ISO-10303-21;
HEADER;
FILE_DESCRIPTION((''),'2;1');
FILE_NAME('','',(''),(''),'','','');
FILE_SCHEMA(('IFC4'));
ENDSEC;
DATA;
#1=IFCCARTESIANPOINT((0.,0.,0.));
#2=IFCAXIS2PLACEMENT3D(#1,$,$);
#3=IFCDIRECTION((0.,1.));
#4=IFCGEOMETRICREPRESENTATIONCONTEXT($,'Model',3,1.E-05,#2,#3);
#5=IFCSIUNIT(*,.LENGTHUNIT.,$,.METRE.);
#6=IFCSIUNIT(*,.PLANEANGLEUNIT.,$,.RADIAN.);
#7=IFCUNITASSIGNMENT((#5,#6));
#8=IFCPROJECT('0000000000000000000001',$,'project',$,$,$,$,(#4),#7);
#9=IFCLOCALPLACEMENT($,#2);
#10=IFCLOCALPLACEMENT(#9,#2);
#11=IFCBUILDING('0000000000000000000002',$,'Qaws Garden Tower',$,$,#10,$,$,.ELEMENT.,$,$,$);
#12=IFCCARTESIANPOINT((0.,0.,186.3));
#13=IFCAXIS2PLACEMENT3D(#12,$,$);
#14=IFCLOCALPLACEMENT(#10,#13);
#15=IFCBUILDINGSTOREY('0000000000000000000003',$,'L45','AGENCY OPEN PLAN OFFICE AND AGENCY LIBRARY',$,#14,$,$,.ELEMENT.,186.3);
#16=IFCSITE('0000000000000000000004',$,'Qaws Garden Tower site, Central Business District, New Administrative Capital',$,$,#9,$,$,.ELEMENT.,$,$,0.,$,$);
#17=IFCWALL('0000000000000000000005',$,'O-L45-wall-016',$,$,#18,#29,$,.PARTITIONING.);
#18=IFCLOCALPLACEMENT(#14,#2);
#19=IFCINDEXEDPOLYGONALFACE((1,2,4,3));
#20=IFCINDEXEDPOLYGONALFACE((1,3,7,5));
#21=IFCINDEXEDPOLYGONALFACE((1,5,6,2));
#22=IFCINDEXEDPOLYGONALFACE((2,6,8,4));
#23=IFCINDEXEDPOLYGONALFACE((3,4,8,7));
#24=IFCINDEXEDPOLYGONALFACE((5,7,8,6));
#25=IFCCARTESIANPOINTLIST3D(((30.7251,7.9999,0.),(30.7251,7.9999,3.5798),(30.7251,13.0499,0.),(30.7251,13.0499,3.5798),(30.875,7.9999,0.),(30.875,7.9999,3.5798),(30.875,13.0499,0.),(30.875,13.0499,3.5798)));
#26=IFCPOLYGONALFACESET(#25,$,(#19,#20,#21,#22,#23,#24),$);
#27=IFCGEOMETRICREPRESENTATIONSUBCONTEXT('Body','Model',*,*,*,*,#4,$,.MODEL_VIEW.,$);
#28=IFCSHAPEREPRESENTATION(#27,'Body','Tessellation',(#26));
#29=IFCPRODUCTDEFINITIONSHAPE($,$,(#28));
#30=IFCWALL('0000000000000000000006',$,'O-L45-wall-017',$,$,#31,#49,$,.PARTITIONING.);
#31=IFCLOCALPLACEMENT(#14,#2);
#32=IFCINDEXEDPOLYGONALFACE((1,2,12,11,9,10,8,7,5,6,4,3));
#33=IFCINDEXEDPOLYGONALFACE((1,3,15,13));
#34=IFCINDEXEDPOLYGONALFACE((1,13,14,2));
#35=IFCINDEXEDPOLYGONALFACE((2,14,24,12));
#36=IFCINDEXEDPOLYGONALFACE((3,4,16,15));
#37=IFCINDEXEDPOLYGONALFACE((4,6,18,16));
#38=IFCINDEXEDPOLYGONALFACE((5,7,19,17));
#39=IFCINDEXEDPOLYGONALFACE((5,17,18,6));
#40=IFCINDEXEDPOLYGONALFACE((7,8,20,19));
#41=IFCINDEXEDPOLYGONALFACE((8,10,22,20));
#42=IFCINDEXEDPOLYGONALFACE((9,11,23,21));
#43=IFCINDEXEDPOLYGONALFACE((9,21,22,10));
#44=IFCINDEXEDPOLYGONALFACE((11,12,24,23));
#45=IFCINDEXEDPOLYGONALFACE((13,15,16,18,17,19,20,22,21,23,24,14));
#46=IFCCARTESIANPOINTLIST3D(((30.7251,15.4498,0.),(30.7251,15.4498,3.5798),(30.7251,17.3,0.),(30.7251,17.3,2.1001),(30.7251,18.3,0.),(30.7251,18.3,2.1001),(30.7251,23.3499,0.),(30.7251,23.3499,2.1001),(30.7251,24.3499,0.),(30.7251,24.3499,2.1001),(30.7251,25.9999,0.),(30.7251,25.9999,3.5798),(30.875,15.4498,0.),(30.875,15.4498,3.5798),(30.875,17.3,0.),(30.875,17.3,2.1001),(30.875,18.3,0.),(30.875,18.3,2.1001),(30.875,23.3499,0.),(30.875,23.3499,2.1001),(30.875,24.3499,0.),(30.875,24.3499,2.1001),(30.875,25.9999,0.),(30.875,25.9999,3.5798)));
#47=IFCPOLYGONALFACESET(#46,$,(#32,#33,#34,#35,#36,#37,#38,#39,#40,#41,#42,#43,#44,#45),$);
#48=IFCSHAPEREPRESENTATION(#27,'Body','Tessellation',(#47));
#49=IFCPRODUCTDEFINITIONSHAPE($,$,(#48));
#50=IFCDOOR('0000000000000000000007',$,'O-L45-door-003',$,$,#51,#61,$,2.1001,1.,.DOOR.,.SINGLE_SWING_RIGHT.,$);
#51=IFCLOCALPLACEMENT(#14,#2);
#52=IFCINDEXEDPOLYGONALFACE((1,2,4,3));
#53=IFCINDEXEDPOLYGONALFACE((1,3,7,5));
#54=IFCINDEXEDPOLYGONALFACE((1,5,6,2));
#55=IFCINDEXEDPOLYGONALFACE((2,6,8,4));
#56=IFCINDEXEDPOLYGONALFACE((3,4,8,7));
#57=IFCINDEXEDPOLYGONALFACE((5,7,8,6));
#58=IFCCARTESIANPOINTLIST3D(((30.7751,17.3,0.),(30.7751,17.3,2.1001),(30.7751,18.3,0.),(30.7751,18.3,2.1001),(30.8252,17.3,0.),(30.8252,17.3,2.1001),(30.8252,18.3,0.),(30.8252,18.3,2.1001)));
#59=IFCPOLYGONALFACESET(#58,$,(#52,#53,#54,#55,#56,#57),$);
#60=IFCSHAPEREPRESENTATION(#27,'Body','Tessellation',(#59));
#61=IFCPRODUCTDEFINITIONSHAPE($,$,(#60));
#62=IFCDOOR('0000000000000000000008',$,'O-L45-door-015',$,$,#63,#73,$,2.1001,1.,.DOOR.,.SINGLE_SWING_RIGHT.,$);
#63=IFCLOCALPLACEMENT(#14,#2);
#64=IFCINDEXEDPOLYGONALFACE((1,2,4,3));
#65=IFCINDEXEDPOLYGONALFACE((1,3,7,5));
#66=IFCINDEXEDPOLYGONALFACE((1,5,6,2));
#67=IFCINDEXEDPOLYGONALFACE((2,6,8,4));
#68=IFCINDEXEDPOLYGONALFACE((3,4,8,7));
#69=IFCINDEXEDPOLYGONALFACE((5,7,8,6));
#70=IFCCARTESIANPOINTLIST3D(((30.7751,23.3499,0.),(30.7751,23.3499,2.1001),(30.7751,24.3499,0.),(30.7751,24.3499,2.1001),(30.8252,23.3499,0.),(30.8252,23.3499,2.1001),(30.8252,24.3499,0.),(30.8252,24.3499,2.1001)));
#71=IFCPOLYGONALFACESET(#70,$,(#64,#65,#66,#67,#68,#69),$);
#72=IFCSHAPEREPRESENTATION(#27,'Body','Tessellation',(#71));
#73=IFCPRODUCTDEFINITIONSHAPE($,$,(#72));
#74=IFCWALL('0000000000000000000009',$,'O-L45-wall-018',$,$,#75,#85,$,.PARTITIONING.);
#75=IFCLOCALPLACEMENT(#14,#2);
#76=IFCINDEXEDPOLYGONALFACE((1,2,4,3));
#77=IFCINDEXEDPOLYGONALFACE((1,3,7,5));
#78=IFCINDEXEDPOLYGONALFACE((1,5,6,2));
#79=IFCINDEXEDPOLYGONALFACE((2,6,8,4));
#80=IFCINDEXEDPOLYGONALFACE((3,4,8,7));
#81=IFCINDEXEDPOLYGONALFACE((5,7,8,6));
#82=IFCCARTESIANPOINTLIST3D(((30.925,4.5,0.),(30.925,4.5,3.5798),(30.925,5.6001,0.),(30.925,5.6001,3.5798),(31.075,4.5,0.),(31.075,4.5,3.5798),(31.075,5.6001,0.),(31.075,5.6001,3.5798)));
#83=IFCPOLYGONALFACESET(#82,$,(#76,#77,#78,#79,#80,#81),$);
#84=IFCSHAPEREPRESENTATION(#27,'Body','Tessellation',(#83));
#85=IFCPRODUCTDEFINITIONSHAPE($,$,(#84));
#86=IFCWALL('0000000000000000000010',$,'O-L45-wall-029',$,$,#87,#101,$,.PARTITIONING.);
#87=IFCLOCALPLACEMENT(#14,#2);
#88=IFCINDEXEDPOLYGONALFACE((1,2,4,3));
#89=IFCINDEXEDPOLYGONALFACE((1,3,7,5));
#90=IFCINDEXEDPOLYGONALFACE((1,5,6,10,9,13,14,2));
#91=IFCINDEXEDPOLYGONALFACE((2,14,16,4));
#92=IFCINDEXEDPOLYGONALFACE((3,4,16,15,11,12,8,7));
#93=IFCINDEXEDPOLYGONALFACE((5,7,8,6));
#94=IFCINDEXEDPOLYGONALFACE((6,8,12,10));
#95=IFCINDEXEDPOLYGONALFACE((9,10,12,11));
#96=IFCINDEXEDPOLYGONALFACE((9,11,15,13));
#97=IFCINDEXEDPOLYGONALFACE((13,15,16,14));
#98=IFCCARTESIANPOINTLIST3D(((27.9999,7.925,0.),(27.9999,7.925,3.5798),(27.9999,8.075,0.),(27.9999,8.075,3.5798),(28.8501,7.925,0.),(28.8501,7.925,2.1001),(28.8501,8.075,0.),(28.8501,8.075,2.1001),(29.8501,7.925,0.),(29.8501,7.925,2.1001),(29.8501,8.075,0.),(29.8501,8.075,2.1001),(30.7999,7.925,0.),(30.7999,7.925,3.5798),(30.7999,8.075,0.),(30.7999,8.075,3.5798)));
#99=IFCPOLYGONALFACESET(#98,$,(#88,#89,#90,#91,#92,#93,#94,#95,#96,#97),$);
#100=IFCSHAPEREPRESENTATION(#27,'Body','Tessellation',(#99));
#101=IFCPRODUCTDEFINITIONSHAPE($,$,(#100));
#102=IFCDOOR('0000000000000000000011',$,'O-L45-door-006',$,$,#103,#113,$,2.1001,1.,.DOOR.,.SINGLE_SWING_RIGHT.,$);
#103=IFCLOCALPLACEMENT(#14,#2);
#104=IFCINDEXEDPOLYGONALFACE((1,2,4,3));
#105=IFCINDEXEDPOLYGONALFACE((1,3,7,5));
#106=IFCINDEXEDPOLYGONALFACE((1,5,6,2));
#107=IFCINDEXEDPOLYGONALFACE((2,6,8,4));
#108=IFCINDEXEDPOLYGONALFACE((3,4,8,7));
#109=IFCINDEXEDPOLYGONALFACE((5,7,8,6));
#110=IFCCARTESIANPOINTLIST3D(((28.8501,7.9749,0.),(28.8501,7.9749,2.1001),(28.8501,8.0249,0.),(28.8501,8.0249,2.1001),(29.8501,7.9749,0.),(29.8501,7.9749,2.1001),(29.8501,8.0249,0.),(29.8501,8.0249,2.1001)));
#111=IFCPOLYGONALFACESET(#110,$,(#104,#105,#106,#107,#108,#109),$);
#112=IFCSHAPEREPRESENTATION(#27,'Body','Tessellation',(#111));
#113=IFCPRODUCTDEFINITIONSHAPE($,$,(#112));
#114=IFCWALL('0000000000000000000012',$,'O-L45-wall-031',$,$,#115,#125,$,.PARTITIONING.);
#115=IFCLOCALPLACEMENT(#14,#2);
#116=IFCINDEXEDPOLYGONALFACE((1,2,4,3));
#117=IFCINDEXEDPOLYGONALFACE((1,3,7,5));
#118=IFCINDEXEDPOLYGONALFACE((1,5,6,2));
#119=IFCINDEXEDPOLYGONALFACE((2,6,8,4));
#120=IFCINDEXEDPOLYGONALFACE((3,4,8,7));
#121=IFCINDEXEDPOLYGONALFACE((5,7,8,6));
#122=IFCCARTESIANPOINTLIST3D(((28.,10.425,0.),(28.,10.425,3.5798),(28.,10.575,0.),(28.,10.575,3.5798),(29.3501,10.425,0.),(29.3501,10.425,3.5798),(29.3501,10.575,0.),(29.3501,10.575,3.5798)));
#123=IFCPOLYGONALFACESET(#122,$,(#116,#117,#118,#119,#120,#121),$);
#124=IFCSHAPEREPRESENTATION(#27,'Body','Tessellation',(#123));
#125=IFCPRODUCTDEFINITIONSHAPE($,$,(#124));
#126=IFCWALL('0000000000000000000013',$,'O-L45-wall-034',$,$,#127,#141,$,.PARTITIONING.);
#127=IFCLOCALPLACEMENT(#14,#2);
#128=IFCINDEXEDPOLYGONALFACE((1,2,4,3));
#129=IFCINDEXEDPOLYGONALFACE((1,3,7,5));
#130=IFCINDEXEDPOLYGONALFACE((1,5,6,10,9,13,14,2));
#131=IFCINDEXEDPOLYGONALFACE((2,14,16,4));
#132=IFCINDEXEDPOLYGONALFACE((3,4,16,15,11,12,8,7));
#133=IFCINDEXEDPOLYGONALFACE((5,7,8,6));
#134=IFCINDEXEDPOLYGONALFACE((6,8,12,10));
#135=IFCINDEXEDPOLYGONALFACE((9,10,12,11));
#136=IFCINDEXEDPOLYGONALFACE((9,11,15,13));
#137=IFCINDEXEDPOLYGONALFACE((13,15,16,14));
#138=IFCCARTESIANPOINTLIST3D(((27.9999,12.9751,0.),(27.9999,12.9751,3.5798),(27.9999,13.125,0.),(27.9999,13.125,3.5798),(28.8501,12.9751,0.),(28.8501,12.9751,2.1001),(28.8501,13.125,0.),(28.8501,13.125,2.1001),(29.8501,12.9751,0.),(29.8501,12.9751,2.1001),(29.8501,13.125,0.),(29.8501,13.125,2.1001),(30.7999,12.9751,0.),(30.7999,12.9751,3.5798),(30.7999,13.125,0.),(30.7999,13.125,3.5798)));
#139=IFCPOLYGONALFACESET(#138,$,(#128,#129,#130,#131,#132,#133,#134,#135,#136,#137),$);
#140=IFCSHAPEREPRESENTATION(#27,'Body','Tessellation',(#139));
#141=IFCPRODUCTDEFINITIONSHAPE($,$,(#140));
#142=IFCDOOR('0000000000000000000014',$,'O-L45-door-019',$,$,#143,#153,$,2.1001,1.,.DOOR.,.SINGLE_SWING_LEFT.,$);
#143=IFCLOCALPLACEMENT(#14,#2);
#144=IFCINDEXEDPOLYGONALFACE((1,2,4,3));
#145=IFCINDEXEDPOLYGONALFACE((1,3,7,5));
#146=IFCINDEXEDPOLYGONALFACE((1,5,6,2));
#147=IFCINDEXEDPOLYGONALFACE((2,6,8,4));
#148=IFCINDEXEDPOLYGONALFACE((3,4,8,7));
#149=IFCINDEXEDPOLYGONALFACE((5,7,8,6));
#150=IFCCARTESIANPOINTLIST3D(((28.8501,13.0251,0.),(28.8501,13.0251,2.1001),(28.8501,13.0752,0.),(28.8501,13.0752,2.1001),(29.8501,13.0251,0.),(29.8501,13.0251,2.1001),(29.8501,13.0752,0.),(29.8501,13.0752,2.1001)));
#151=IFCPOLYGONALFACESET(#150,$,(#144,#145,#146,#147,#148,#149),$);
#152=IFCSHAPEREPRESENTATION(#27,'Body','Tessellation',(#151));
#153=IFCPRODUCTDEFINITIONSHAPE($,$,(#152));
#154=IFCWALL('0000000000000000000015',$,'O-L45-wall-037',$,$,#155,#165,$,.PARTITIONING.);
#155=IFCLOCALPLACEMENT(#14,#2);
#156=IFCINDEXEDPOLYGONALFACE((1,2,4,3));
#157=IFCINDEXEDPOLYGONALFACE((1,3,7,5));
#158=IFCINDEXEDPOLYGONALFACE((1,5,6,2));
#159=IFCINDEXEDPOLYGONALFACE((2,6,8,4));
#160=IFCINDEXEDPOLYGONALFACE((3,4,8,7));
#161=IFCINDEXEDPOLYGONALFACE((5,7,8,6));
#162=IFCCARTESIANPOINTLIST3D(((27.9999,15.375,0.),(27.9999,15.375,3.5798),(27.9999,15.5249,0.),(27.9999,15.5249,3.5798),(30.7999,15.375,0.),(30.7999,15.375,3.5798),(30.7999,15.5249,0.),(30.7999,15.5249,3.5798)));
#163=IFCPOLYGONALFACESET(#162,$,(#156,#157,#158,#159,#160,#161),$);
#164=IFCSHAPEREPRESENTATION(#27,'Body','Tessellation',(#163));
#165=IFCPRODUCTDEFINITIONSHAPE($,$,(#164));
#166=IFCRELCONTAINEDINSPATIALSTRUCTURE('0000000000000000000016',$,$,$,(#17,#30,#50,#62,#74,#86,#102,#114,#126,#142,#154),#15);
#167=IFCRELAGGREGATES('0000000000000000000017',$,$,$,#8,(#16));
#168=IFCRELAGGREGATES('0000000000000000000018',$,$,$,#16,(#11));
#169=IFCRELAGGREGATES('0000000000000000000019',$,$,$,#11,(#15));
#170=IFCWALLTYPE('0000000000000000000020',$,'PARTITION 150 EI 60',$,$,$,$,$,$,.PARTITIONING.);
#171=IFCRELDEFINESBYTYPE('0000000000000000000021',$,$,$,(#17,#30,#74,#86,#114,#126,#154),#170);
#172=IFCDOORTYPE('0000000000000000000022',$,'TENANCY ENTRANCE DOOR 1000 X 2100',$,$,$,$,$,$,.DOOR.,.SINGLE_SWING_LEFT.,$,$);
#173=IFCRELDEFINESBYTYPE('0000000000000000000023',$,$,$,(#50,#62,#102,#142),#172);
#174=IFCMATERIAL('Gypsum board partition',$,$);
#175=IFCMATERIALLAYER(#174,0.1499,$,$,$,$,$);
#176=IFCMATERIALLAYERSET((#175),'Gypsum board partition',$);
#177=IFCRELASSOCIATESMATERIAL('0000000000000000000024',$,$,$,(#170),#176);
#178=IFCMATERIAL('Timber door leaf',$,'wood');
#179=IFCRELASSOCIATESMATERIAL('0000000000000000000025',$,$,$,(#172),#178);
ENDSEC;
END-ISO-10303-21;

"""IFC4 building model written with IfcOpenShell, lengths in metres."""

from ifc_helpers import new_model, si_unit, direction, frame, frame_2d, origin, place, context, subcontext, project, spatial, rectangle, extrude, material, layer, layer_set, type_object, element, fill, save


model = new_model("IFC4")

# Units and contexts
model_context = context("Model", 3, precision=1e-05, world=origin(), true_north=direction((0.0, 1.0)))
body_context = subcontext(model_context, "Body", "Model", "MODEL_VIEW")
ifc_project = project(units=[si_unit("LENGTHUNIT", "METRE"), si_unit("PLANEANGLEUNIT", "RADIAN")], contexts=[model_context])

# Site, building, storey
site_placement = place(None, origin())
site = spatial("IfcSite", under=ifc_project, at=site_placement, Name="Qaws Garden Tower site, Central Business District, New Administrative Capital", CompositionType="ELEMENT", RefElevation=0.0)
building_placement = place(site_placement, origin())
building = spatial("IfcBuilding", under=site, at=building_placement, Name="Qaws Garden Tower", CompositionType="ELEMENT")
storey_placement = place(building_placement, frame((0.0, 0.0, 186.3)))
storey = spatial("IfcBuildingStorey", under=building, at=storey_placement, Name="L45", Description="AGENCY OPEN PLAN OFFICE AND AGENCY LIBRARY", CompositionType="ELEMENT", Elevation=186.3)

# Wall
ifc_material_1 = material(Name="Gypsum board partition")
ifc_layer_1 = layer(ifc_material_1, 0.1499)
ifc_layer_set_1 = layer_set([ifc_layer_1], Name="Gypsum board partition")
wall_type_1 = type_object("IfcWallType", Name="PARTITION 150 EI 60", PredefinedType="PARTITIONING", material=ifc_layer_set_1)
wall_1_placement = place(storey_placement, frame((30.8, 8.0, 0.0), z_axis=(0.0, 0.0, 1.0), x_axis=(0.0, 1.0, 0.0)))
element("IfcWall", 1, at=wall_1_placement, inside=storey, type_object=wall_type_1, Name="O-L45-wall-016", PredefinedType="PARTITIONING", context=body_context, shape_type="SweptSolid", body=[
    extrude(rectangle(XDim=5.05, YDim=0.1499, at=frame_2d((2.5249, 0.0))), origin(), (0.0, 0.0, 1.0), 3.5798),
])

# Wall, openings, doors
wall_2_placement = place(storey_placement, frame((30.8, 15.45, 0.0), z_axis=(0.0, 0.0, 1.0), x_axis=(0.0, 1.0, 0.0)))
wall_2 = element("IfcWall", 2, at=wall_2_placement, inside=storey, type_object=wall_type_1, Name="O-L45-wall-017", PredefinedType="PARTITIONING", context=body_context, shape_type="SweptSolid", body=[
    extrude(rectangle(XDim=10.55, YDim=0.1499, at=frame_2d((5.2749, 0.0))), origin(), (0.0, 0.0, 1.0), 3.5798),
])
opening_1_placement = place(wall_2_placement, frame((1.8501, 0.0, 0.0)))
opening_1 = element("IfcOpeningElement", 3, at=opening_1_placement, cuts=wall_2, PredefinedType="OPENING", context=body_context, shape_type="SweptSolid", body=[
    extrude(rectangle(XDim=1.0, YDim=2.1001, at=frame_2d((0.5, 1.05))), frame((0.0, 0.085, 0.0), z_axis=(0.0, -1.0, 0.0), x_axis=(1.0, 0.0, 0.0)), (0.0, 0.0, 1.0), 0.1699),
])
opening_2_placement = place(wall_2_placement, frame((7.8999, 0.0, 0.0)))
opening_2 = element("IfcOpeningElement", 4, at=opening_2_placement, cuts=wall_2, PredefinedType="OPENING", context=body_context, shape_type="SweptSolid", body=[
    extrude(rectangle(XDim=1.0, YDim=2.1001, at=frame_2d((0.5, 1.05))), frame((0.0, 0.085, 0.0), z_axis=(0.0, -1.0, 0.0), x_axis=(1.0, 0.0, 0.0)), (0.0, 0.0, 1.0), 0.1699),
])
ifc_material_2 = material(Name="Timber door leaf", Category="wood")
door_type_1 = type_object("IfcDoorType", Name="TENANCY ENTRANCE DOOR 1000 X 2100", OperationType="SINGLE_SWING_LEFT", PredefinedType="DOOR", material=ifc_material_2)
door_1_placement = place(opening_1_placement, origin())
door_1 = element("IfcDoor", 5, at=door_1_placement, inside=storey, type_object=door_type_1, Name="O-L45-door-003", OperationType="SINGLE_SWING_RIGHT", OverallHeight=2.1001, OverallWidth=1.0, PredefinedType="DOOR", context=body_context, shape_type="SweptSolid", body=[
    extrude(rectangle(XDim=1.0, YDim=2.1001, at=frame_2d((0.5, 1.05))), frame((0.0, 0.0249, 0.0), z_axis=(0.0, -1.0, 0.0), x_axis=(1.0, 0.0, 0.0)), (0.0, 0.0, 1.0), 0.05),
])
fill(opening_1, door_1)
door_2_placement = place(opening_2_placement, origin())
door_2 = element("IfcDoor", 6, at=door_2_placement, inside=storey, type_object=door_type_1, Name="O-L45-door-015", OperationType="SINGLE_SWING_RIGHT", OverallHeight=2.1001, OverallWidth=1.0, PredefinedType="DOOR", context=body_context, shape_type="SweptSolid", body=[
    extrude(rectangle(XDim=1.0, YDim=2.1001, at=frame_2d((0.5, 1.05))), frame((0.0, 0.0249, 0.0), z_axis=(0.0, -1.0, 0.0), x_axis=(1.0, 0.0, 0.0)), (0.0, 0.0, 1.0), 0.05),
])
fill(opening_2, door_2)

# Wall
wall_3_placement = place(storey_placement, frame((31.0, 4.5, 0.0), z_axis=(0.0, 0.0, 1.0), x_axis=(0.0, 1.0, 0.0)))
element("IfcWall", 7, at=wall_3_placement, inside=storey, type_object=wall_type_1, Name="O-L45-wall-018", PredefinedType="PARTITIONING", context=body_context, shape_type="SweptSolid", body=[
    extrude(rectangle(XDim=1.1001, YDim=0.1499, at=frame_2d((0.55, 0.0))), origin(), (0.0, 0.0, 1.0), 3.5798),
])

# Wall, opening, door
wall_4_placement = place(storey_placement, frame((28.0, 8.0, 0.0), z_axis=(0.0, 0.0, 1.0), x_axis=(1.0, 0.0, 0.0)))
wall_4 = element("IfcWall", 8, at=wall_4_placement, inside=storey, type_object=wall_type_1, Name="O-L45-wall-029", PredefinedType="PARTITIONING", context=body_context, shape_type="SweptSolid", body=[
    extrude(rectangle(XDim=2.8, YDim=0.1499, at=frame_2d((1.3999, 0.0))), origin(), (0.0, 0.0, 1.0), 3.5798),
])
opening_3_placement = place(wall_4_placement, frame((0.8501, 0.0, 0.0)))
opening_3 = element("IfcOpeningElement", 9, at=opening_3_placement, cuts=wall_4, PredefinedType="OPENING", context=body_context, shape_type="SweptSolid", body=[
    extrude(rectangle(XDim=1.0, YDim=2.1001, at=frame_2d((0.5, 1.05))), frame((0.0, 0.085, 0.0), z_axis=(0.0, -1.0, 0.0), x_axis=(1.0, 0.0, 0.0)), (0.0, 0.0, 1.0), 0.1699),
])
door_3_placement = place(opening_3_placement, origin())
door_3 = element("IfcDoor", 10, at=door_3_placement, inside=storey, type_object=door_type_1, Name="O-L45-door-006", OperationType="SINGLE_SWING_RIGHT", OverallHeight=2.1001, OverallWidth=1.0, PredefinedType="DOOR", context=body_context, shape_type="SweptSolid", body=[
    extrude(rectangle(XDim=1.0, YDim=2.1001, at=frame_2d((0.5, 1.05))), frame((0.0, 0.0249, 0.0), z_axis=(0.0, -1.0, 0.0), x_axis=(1.0, 0.0, 0.0)), (0.0, 0.0, 1.0), 0.05),
])
fill(opening_3, door_3)

# Wall
wall_5_placement = place(storey_placement, frame((28.0, 10.5, 0.0), z_axis=(0.0, 0.0, 1.0), x_axis=(1.0, 0.0, 0.0)))
element("IfcWall", 11, at=wall_5_placement, inside=storey, type_object=wall_type_1, Name="O-L45-wall-031", PredefinedType="PARTITIONING", context=body_context, shape_type="SweptSolid", body=[
    extrude(rectangle(XDim=1.3501, YDim=0.1499, at=frame_2d((0.675, 0.0))), origin(), (0.0, 0.0, 1.0), 3.5798),
])

# Wall, opening, door
wall_6_placement = place(storey_placement, frame((28.0, 13.05, 0.0), z_axis=(0.0, 0.0, 1.0), x_axis=(1.0, 0.0, 0.0)))
wall_6 = element("IfcWall", 12, at=wall_6_placement, inside=storey, type_object=wall_type_1, Name="O-L45-wall-034", PredefinedType="PARTITIONING", context=body_context, shape_type="SweptSolid", body=[
    extrude(rectangle(XDim=2.8, YDim=0.1499, at=frame_2d((1.3999, 0.0))), origin(), (0.0, 0.0, 1.0), 3.5798),
])
opening_4_placement = place(wall_6_placement, frame((0.8501, 0.0, 0.0)))
opening_4 = element("IfcOpeningElement", 13, at=opening_4_placement, cuts=wall_6, PredefinedType="OPENING", context=body_context, shape_type="SweptSolid", body=[
    extrude(rectangle(XDim=1.0, YDim=2.1001, at=frame_2d((0.5, 1.05))), frame((0.0, 0.085, 0.0), z_axis=(0.0, -1.0, 0.0), x_axis=(1.0, 0.0, 0.0)), (0.0, 0.0, 1.0), 0.1699),
])
door_4_placement = place(opening_4_placement, frame((1.0, 0.0, 0.0), z_axis=(0.0, 0.0, 1.0), x_axis=(-1.0, 0.0, 0.0)))
door_4 = element("IfcDoor", 14, at=door_4_placement, inside=storey, type_object=door_type_1, Name="O-L45-door-019", OperationType="SINGLE_SWING_LEFT", OverallHeight=2.1001, OverallWidth=1.0, PredefinedType="DOOR", context=body_context, shape_type="SweptSolid", body=[
    extrude(rectangle(XDim=1.0, YDim=2.1001, at=frame_2d((0.5, 1.05))), frame((0.0, 0.0249, 0.0), z_axis=(0.0, -1.0, 0.0), x_axis=(1.0, 0.0, 0.0)), (0.0, 0.0, 1.0), 0.05),
])
fill(opening_4, door_4)

# Wall
wall_7_placement = place(storey_placement, frame((28.0, 15.45, 0.0), z_axis=(0.0, 0.0, 1.0), x_axis=(1.0, 0.0, 0.0)))
element("IfcWall", 15, at=wall_7_placement, inside=storey, type_object=wall_type_1, Name="O-L45-wall-037", PredefinedType="PARTITIONING", context=body_context, shape_type="SweptSolid", body=[
    extrude(rectangle(XDim=2.8, YDim=0.1499, at=frame_2d((1.3999, 0.0))), origin(), (0.0, 0.0, 1.0), 3.5798),
])

save(model, "model.ifc")
